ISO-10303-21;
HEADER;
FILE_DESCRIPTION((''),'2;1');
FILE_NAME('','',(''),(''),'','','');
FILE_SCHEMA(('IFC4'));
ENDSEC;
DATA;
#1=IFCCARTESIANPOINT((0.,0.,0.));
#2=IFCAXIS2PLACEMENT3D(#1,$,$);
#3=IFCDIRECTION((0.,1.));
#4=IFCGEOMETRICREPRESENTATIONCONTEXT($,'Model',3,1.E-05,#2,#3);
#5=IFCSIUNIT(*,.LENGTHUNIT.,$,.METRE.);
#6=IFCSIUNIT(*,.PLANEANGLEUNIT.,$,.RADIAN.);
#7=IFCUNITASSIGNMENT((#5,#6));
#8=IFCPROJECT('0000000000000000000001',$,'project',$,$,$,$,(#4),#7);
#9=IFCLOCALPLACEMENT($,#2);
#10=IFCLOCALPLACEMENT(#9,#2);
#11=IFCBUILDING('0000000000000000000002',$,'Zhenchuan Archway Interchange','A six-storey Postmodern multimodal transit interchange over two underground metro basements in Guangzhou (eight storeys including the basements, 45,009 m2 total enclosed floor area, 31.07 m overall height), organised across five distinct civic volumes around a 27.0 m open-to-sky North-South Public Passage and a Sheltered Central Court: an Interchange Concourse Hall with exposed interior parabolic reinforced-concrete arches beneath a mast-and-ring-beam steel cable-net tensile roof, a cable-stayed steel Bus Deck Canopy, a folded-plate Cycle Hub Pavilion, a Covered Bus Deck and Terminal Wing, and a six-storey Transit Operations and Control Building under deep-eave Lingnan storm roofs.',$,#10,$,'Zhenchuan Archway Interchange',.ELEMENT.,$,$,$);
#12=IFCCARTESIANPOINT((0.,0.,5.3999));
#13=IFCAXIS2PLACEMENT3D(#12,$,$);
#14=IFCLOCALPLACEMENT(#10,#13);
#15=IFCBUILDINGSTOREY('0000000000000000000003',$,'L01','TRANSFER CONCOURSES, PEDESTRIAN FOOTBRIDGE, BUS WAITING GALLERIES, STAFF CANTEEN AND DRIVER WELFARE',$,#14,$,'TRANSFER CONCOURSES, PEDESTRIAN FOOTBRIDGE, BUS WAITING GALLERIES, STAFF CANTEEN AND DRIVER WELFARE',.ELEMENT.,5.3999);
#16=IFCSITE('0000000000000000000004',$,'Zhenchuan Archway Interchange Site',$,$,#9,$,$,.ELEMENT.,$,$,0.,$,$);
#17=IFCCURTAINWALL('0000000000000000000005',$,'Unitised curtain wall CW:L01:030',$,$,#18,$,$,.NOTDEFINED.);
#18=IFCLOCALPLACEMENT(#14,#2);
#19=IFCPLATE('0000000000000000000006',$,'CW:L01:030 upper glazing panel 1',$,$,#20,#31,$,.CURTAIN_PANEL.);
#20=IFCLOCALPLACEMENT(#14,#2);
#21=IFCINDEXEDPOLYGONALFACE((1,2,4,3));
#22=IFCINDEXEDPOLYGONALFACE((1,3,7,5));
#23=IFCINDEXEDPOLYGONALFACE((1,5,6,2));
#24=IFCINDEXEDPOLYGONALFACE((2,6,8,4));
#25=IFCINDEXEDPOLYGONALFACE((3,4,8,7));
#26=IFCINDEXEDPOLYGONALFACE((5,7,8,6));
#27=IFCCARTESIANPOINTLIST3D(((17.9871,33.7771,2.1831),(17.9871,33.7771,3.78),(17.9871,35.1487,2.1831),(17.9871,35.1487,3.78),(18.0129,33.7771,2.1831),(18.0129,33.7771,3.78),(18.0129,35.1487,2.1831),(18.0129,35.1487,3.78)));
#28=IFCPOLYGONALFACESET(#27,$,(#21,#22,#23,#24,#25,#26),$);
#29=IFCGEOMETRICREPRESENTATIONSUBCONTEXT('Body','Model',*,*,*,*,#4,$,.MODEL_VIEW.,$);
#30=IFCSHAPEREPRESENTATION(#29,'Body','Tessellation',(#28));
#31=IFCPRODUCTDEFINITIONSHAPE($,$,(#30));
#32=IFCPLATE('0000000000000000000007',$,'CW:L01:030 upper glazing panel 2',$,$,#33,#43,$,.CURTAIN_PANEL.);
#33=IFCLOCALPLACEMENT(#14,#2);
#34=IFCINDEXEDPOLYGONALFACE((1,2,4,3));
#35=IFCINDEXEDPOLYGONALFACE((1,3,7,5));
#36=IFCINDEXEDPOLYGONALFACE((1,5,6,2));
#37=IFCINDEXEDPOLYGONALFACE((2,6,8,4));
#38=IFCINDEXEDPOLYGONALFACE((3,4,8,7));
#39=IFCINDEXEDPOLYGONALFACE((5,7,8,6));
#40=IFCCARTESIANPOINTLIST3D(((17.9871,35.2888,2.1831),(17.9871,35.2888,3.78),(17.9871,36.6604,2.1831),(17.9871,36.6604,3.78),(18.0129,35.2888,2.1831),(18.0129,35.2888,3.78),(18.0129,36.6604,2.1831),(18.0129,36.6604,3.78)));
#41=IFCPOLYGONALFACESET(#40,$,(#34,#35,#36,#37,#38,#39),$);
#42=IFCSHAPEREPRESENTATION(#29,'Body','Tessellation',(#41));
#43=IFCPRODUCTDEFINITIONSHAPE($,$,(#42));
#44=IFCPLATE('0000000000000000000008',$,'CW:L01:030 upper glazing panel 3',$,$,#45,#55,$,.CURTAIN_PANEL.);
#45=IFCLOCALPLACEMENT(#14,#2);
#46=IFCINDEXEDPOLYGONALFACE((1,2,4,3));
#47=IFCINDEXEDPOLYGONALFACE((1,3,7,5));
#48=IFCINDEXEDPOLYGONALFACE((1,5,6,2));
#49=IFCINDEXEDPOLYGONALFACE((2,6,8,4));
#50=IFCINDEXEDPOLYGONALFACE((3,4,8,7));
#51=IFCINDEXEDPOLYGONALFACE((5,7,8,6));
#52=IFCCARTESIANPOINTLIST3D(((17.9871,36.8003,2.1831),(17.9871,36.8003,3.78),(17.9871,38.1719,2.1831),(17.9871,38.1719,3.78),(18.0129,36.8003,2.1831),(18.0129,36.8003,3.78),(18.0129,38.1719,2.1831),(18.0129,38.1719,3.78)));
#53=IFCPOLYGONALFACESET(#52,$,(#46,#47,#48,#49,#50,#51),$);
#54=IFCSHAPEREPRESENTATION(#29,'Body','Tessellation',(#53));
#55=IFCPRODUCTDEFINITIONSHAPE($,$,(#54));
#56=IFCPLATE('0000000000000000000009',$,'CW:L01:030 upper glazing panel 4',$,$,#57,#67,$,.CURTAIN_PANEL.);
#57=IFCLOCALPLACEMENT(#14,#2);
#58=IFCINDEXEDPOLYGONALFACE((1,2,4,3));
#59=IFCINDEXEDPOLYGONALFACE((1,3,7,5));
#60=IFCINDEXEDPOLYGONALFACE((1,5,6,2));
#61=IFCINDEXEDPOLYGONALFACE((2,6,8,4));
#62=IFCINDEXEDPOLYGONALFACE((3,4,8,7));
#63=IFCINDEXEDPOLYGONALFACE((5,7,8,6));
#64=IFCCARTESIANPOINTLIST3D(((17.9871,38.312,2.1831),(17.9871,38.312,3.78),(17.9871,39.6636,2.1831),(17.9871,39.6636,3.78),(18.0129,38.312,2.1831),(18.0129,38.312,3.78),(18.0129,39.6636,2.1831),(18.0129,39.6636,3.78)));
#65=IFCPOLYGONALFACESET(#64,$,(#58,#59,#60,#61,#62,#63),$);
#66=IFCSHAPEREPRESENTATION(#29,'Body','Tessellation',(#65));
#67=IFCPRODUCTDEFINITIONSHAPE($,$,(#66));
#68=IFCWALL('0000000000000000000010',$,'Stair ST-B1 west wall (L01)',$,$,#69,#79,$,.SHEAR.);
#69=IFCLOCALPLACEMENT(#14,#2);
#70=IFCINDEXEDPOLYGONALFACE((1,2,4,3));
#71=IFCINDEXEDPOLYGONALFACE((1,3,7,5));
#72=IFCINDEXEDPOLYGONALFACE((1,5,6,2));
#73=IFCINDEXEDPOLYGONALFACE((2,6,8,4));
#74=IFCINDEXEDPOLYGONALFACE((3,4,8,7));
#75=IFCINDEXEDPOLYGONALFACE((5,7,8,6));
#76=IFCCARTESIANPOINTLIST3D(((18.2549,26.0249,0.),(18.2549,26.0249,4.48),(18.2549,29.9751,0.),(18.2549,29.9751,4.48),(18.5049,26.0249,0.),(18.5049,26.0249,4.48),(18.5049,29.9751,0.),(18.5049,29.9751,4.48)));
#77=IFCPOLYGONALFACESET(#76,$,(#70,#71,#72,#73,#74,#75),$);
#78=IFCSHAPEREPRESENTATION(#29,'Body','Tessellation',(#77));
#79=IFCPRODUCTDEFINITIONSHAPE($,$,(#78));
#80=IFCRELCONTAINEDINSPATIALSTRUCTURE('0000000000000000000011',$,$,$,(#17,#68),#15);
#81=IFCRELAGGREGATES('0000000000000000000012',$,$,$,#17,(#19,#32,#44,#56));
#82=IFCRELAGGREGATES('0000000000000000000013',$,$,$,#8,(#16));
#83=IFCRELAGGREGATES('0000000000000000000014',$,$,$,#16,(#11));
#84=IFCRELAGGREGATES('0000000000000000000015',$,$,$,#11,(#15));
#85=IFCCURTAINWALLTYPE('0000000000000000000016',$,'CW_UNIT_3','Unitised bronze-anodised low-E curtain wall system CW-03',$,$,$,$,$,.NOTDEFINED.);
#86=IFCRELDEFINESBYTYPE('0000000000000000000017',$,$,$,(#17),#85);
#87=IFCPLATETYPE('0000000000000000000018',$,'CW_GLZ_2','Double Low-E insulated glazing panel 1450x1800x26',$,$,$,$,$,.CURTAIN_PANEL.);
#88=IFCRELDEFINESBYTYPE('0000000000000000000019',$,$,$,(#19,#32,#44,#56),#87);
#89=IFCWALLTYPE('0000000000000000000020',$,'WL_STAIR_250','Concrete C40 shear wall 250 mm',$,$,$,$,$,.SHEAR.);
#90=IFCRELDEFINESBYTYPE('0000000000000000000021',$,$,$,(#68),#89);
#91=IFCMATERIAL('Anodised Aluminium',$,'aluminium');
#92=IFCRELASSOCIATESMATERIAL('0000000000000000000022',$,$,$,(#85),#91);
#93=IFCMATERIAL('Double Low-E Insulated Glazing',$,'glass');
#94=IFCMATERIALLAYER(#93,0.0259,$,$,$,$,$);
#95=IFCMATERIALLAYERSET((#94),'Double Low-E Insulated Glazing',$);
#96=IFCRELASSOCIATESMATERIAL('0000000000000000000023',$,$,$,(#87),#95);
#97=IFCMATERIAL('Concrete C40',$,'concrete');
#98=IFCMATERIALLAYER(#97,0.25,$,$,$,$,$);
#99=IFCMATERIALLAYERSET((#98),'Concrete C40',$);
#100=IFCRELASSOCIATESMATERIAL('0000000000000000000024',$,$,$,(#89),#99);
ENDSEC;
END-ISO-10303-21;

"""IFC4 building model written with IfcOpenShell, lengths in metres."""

from ifc_helpers import new_model, si_unit, direction, frame, frame_2d, origin, origin_2d, place, context, subcontext, project, spatial, rectangle, extrude, material, layer, layer_set, type_object, element, aggregate, save


model = new_model("IFC4")

# Units and contexts
model_context = context("Model", 3, precision=1e-05, world=origin(), true_north=direction((0.0, 1.0)))
body_context = subcontext(model_context, "Body", "Model", "MODEL_VIEW")
ifc_project = project(units=[si_unit("LENGTHUNIT", "METRE"), si_unit("PLANEANGLEUNIT", "RADIAN")], contexts=[model_context])

# Site, building, storey
site_placement = place(None, origin())
site = spatial("IfcSite", under=ifc_project, at=site_placement, Name="Zhenchuan Archway Interchange Site", CompositionType="ELEMENT", RefElevation=0.0)
building_placement = place(site_placement, origin())
building = spatial("IfcBuilding", under=site, at=building_placement, Name="Zhenchuan Archway Interchange", Description="A six-storey Postmodern multimodal transit interchange over two underground metro basements in Guangzhou (eight storeys including the basements, 45,009 m2 total enclosed floor area, 31.07 m overall height), organised across five distinct civic volumes around a 27.0 m open-to-sky North-South Public Passage and a Sheltered Central Court: an Interchange Concourse Hall with exposed interior parabolic reinforced-concrete arches beneath a mast-and-ring-beam steel cable-net tensile roof, a cable-stayed steel Bus Deck Canopy, a folded-plate Cycle Hub Pavilion, a Covered Bus Deck and Terminal Wing, and a six-storey Transit Operations and Control Building under deep-eave Lingnan storm roofs.", LongName="Zhenchuan Archway Interchange", CompositionType="ELEMENT")
storey_placement = place(building_placement, frame((0.0, 0.0, 5.3999)))
storey = spatial("IfcBuildingStorey", under=building, at=storey_placement, Name="L01", Description="TRANSFER CONCOURSES, PEDESTRIAN FOOTBRIDGE, BUS WAITING GALLERIES, STAFF CANTEEN AND DRIVER WELFARE", LongName="TRANSFER CONCOURSES, PEDESTRIAN FOOTBRIDGE, BUS WAITING GALLERIES, STAFF CANTEEN AND DRIVER WELFARE", CompositionType="ELEMENT", Elevation=5.3999)

# Curtain wall
ifc_material_1 = material(Name="Anodised Aluminium", Category="aluminium")
curtain_wall_type_1 = type_object("IfcCurtainWallType", Name="CW_UNIT_3", Description="Unitised bronze-anodised low-E curtain wall system CW-03", PredefinedType="NOTDEFINED", material=ifc_material_1)
curtain_wall_1_placement = place(storey_placement, origin())
curtain_wall_1 = element("IfcCurtainWall", 1, at=curtain_wall_1_placement, inside=storey, type_object=curtain_wall_type_1, Name="Unitised curtain wall CW:L01:030", PredefinedType="NOTDEFINED")

# Plates
ifc_material_2 = material(Name="Double Low-E Insulated Glazing", Category="glass")
ifc_layer_1 = layer(ifc_material_2, 0.0259)
ifc_layer_set_1 = layer_set([ifc_layer_1], Name="Double Low-E Insulated Glazing")
plate_type_1 = type_object("IfcPlateType", Name="CW_GLZ_2", Description="Double Low-E insulated glazing panel 1450x1800x26", PredefinedType="CURTAIN_PANEL", material=ifc_layer_set_1)
plate_1_placement = place(storey_placement, frame((18.0, 34.4629, 2.1831), z_axis=(0.0, 0.0, 1.0), x_axis=(0.0, 1.0, 0.0)))
plate_1 = element("IfcPlate", 2, at=plate_1_placement, type_object=plate_type_1, Name="CW:L01:030 upper glazing panel 1", PredefinedType="CURTAIN_PANEL", context=body_context, shape_type="SweptSolid", body=[
    extrude(rectangle(XDim=1.3716, YDim=0.0259, at=origin_2d()), origin(), (0.0, 0.0, 1.0), 1.5969),
])
plate_2_placement = place(storey_placement, frame((18.0, 35.9746, 2.1831), z_axis=(0.0, 0.0, 1.0), x_axis=(0.0, 1.0, 0.0)))
plate_2 = element("IfcPlate", 3, at=plate_2_placement, type_object=plate_type_1, Name="CW:L01:030 upper glazing panel 2", PredefinedType="CURTAIN_PANEL", context=body_context, shape_type="SweptSolid", body=[
    extrude(rectangle(XDim=1.3716, YDim=0.0259, at=origin_2d()), origin(), (0.0, 0.0, 1.0), 1.5969),
])
plate_3_placement = place(storey_placement, frame((18.0, 37.4861, 2.1831), z_axis=(0.0, 0.0, 1.0), x_axis=(0.0, 1.0, 0.0)))
plate_3 = element("IfcPlate", 4, at=plate_3_placement, type_object=plate_type_1, Name="CW:L01:030 upper glazing panel 3", PredefinedType="CURTAIN_PANEL", context=body_context, shape_type="SweptSolid", body=[
    extrude(rectangle(XDim=1.3716, YDim=0.0259, at=origin_2d()), origin(), (0.0, 0.0, 1.0), 1.5969),
])
plate_4_placement = place(storey_placement, frame((18.0, 38.9878, 2.1831), z_axis=(0.0, 0.0, 1.0), x_axis=(0.0, 1.0, 0.0)))
plate_4 = element("IfcPlate", 5, at=plate_4_placement, type_object=plate_type_1, Name="CW:L01:030 upper glazing panel 4", PredefinedType="CURTAIN_PANEL", context=body_context, shape_type="SweptSolid", body=[
    extrude(rectangle(XDim=1.3516, YDim=0.0259, at=origin_2d()), origin(), (0.0, 0.0, 1.0), 1.5969),
])
aggregate(curtain_wall_1, [plate_1, plate_2, plate_3, plate_4])

# Wall
ifc_material_3 = material(Name="Concrete C40", Category="concrete")
ifc_layer_2 = layer(ifc_material_3, 0.25)
ifc_layer_set_2 = layer_set([ifc_layer_2], Name="Concrete C40")
wall_type = type_object("IfcWallType", Name="WL_STAIR_250", Description="Concrete C40 shear wall 250 mm", PredefinedType="SHEAR", material=ifc_layer_set_2)
wall_placement = place(storey_placement, frame((18.3799, 29.9751, 0.0), z_axis=(0.0, 0.0, 1.0), x_axis=(0.0, -1.0, 0.0)))
element("IfcWall", 6, at=wall_placement, inside=storey, type_object=wall_type, Name="Stair ST-B1 west wall (L01)", PredefinedType="SHEAR", context=body_context, shape_type="SweptSolid", body=[
    extrude(rectangle(XDim=3.9502, YDim=0.25, at=frame_2d((1.9751, 0.0))), origin(), (0.0, 0.0, 1.0), 4.48),
])

save(model, "model.ifc")
